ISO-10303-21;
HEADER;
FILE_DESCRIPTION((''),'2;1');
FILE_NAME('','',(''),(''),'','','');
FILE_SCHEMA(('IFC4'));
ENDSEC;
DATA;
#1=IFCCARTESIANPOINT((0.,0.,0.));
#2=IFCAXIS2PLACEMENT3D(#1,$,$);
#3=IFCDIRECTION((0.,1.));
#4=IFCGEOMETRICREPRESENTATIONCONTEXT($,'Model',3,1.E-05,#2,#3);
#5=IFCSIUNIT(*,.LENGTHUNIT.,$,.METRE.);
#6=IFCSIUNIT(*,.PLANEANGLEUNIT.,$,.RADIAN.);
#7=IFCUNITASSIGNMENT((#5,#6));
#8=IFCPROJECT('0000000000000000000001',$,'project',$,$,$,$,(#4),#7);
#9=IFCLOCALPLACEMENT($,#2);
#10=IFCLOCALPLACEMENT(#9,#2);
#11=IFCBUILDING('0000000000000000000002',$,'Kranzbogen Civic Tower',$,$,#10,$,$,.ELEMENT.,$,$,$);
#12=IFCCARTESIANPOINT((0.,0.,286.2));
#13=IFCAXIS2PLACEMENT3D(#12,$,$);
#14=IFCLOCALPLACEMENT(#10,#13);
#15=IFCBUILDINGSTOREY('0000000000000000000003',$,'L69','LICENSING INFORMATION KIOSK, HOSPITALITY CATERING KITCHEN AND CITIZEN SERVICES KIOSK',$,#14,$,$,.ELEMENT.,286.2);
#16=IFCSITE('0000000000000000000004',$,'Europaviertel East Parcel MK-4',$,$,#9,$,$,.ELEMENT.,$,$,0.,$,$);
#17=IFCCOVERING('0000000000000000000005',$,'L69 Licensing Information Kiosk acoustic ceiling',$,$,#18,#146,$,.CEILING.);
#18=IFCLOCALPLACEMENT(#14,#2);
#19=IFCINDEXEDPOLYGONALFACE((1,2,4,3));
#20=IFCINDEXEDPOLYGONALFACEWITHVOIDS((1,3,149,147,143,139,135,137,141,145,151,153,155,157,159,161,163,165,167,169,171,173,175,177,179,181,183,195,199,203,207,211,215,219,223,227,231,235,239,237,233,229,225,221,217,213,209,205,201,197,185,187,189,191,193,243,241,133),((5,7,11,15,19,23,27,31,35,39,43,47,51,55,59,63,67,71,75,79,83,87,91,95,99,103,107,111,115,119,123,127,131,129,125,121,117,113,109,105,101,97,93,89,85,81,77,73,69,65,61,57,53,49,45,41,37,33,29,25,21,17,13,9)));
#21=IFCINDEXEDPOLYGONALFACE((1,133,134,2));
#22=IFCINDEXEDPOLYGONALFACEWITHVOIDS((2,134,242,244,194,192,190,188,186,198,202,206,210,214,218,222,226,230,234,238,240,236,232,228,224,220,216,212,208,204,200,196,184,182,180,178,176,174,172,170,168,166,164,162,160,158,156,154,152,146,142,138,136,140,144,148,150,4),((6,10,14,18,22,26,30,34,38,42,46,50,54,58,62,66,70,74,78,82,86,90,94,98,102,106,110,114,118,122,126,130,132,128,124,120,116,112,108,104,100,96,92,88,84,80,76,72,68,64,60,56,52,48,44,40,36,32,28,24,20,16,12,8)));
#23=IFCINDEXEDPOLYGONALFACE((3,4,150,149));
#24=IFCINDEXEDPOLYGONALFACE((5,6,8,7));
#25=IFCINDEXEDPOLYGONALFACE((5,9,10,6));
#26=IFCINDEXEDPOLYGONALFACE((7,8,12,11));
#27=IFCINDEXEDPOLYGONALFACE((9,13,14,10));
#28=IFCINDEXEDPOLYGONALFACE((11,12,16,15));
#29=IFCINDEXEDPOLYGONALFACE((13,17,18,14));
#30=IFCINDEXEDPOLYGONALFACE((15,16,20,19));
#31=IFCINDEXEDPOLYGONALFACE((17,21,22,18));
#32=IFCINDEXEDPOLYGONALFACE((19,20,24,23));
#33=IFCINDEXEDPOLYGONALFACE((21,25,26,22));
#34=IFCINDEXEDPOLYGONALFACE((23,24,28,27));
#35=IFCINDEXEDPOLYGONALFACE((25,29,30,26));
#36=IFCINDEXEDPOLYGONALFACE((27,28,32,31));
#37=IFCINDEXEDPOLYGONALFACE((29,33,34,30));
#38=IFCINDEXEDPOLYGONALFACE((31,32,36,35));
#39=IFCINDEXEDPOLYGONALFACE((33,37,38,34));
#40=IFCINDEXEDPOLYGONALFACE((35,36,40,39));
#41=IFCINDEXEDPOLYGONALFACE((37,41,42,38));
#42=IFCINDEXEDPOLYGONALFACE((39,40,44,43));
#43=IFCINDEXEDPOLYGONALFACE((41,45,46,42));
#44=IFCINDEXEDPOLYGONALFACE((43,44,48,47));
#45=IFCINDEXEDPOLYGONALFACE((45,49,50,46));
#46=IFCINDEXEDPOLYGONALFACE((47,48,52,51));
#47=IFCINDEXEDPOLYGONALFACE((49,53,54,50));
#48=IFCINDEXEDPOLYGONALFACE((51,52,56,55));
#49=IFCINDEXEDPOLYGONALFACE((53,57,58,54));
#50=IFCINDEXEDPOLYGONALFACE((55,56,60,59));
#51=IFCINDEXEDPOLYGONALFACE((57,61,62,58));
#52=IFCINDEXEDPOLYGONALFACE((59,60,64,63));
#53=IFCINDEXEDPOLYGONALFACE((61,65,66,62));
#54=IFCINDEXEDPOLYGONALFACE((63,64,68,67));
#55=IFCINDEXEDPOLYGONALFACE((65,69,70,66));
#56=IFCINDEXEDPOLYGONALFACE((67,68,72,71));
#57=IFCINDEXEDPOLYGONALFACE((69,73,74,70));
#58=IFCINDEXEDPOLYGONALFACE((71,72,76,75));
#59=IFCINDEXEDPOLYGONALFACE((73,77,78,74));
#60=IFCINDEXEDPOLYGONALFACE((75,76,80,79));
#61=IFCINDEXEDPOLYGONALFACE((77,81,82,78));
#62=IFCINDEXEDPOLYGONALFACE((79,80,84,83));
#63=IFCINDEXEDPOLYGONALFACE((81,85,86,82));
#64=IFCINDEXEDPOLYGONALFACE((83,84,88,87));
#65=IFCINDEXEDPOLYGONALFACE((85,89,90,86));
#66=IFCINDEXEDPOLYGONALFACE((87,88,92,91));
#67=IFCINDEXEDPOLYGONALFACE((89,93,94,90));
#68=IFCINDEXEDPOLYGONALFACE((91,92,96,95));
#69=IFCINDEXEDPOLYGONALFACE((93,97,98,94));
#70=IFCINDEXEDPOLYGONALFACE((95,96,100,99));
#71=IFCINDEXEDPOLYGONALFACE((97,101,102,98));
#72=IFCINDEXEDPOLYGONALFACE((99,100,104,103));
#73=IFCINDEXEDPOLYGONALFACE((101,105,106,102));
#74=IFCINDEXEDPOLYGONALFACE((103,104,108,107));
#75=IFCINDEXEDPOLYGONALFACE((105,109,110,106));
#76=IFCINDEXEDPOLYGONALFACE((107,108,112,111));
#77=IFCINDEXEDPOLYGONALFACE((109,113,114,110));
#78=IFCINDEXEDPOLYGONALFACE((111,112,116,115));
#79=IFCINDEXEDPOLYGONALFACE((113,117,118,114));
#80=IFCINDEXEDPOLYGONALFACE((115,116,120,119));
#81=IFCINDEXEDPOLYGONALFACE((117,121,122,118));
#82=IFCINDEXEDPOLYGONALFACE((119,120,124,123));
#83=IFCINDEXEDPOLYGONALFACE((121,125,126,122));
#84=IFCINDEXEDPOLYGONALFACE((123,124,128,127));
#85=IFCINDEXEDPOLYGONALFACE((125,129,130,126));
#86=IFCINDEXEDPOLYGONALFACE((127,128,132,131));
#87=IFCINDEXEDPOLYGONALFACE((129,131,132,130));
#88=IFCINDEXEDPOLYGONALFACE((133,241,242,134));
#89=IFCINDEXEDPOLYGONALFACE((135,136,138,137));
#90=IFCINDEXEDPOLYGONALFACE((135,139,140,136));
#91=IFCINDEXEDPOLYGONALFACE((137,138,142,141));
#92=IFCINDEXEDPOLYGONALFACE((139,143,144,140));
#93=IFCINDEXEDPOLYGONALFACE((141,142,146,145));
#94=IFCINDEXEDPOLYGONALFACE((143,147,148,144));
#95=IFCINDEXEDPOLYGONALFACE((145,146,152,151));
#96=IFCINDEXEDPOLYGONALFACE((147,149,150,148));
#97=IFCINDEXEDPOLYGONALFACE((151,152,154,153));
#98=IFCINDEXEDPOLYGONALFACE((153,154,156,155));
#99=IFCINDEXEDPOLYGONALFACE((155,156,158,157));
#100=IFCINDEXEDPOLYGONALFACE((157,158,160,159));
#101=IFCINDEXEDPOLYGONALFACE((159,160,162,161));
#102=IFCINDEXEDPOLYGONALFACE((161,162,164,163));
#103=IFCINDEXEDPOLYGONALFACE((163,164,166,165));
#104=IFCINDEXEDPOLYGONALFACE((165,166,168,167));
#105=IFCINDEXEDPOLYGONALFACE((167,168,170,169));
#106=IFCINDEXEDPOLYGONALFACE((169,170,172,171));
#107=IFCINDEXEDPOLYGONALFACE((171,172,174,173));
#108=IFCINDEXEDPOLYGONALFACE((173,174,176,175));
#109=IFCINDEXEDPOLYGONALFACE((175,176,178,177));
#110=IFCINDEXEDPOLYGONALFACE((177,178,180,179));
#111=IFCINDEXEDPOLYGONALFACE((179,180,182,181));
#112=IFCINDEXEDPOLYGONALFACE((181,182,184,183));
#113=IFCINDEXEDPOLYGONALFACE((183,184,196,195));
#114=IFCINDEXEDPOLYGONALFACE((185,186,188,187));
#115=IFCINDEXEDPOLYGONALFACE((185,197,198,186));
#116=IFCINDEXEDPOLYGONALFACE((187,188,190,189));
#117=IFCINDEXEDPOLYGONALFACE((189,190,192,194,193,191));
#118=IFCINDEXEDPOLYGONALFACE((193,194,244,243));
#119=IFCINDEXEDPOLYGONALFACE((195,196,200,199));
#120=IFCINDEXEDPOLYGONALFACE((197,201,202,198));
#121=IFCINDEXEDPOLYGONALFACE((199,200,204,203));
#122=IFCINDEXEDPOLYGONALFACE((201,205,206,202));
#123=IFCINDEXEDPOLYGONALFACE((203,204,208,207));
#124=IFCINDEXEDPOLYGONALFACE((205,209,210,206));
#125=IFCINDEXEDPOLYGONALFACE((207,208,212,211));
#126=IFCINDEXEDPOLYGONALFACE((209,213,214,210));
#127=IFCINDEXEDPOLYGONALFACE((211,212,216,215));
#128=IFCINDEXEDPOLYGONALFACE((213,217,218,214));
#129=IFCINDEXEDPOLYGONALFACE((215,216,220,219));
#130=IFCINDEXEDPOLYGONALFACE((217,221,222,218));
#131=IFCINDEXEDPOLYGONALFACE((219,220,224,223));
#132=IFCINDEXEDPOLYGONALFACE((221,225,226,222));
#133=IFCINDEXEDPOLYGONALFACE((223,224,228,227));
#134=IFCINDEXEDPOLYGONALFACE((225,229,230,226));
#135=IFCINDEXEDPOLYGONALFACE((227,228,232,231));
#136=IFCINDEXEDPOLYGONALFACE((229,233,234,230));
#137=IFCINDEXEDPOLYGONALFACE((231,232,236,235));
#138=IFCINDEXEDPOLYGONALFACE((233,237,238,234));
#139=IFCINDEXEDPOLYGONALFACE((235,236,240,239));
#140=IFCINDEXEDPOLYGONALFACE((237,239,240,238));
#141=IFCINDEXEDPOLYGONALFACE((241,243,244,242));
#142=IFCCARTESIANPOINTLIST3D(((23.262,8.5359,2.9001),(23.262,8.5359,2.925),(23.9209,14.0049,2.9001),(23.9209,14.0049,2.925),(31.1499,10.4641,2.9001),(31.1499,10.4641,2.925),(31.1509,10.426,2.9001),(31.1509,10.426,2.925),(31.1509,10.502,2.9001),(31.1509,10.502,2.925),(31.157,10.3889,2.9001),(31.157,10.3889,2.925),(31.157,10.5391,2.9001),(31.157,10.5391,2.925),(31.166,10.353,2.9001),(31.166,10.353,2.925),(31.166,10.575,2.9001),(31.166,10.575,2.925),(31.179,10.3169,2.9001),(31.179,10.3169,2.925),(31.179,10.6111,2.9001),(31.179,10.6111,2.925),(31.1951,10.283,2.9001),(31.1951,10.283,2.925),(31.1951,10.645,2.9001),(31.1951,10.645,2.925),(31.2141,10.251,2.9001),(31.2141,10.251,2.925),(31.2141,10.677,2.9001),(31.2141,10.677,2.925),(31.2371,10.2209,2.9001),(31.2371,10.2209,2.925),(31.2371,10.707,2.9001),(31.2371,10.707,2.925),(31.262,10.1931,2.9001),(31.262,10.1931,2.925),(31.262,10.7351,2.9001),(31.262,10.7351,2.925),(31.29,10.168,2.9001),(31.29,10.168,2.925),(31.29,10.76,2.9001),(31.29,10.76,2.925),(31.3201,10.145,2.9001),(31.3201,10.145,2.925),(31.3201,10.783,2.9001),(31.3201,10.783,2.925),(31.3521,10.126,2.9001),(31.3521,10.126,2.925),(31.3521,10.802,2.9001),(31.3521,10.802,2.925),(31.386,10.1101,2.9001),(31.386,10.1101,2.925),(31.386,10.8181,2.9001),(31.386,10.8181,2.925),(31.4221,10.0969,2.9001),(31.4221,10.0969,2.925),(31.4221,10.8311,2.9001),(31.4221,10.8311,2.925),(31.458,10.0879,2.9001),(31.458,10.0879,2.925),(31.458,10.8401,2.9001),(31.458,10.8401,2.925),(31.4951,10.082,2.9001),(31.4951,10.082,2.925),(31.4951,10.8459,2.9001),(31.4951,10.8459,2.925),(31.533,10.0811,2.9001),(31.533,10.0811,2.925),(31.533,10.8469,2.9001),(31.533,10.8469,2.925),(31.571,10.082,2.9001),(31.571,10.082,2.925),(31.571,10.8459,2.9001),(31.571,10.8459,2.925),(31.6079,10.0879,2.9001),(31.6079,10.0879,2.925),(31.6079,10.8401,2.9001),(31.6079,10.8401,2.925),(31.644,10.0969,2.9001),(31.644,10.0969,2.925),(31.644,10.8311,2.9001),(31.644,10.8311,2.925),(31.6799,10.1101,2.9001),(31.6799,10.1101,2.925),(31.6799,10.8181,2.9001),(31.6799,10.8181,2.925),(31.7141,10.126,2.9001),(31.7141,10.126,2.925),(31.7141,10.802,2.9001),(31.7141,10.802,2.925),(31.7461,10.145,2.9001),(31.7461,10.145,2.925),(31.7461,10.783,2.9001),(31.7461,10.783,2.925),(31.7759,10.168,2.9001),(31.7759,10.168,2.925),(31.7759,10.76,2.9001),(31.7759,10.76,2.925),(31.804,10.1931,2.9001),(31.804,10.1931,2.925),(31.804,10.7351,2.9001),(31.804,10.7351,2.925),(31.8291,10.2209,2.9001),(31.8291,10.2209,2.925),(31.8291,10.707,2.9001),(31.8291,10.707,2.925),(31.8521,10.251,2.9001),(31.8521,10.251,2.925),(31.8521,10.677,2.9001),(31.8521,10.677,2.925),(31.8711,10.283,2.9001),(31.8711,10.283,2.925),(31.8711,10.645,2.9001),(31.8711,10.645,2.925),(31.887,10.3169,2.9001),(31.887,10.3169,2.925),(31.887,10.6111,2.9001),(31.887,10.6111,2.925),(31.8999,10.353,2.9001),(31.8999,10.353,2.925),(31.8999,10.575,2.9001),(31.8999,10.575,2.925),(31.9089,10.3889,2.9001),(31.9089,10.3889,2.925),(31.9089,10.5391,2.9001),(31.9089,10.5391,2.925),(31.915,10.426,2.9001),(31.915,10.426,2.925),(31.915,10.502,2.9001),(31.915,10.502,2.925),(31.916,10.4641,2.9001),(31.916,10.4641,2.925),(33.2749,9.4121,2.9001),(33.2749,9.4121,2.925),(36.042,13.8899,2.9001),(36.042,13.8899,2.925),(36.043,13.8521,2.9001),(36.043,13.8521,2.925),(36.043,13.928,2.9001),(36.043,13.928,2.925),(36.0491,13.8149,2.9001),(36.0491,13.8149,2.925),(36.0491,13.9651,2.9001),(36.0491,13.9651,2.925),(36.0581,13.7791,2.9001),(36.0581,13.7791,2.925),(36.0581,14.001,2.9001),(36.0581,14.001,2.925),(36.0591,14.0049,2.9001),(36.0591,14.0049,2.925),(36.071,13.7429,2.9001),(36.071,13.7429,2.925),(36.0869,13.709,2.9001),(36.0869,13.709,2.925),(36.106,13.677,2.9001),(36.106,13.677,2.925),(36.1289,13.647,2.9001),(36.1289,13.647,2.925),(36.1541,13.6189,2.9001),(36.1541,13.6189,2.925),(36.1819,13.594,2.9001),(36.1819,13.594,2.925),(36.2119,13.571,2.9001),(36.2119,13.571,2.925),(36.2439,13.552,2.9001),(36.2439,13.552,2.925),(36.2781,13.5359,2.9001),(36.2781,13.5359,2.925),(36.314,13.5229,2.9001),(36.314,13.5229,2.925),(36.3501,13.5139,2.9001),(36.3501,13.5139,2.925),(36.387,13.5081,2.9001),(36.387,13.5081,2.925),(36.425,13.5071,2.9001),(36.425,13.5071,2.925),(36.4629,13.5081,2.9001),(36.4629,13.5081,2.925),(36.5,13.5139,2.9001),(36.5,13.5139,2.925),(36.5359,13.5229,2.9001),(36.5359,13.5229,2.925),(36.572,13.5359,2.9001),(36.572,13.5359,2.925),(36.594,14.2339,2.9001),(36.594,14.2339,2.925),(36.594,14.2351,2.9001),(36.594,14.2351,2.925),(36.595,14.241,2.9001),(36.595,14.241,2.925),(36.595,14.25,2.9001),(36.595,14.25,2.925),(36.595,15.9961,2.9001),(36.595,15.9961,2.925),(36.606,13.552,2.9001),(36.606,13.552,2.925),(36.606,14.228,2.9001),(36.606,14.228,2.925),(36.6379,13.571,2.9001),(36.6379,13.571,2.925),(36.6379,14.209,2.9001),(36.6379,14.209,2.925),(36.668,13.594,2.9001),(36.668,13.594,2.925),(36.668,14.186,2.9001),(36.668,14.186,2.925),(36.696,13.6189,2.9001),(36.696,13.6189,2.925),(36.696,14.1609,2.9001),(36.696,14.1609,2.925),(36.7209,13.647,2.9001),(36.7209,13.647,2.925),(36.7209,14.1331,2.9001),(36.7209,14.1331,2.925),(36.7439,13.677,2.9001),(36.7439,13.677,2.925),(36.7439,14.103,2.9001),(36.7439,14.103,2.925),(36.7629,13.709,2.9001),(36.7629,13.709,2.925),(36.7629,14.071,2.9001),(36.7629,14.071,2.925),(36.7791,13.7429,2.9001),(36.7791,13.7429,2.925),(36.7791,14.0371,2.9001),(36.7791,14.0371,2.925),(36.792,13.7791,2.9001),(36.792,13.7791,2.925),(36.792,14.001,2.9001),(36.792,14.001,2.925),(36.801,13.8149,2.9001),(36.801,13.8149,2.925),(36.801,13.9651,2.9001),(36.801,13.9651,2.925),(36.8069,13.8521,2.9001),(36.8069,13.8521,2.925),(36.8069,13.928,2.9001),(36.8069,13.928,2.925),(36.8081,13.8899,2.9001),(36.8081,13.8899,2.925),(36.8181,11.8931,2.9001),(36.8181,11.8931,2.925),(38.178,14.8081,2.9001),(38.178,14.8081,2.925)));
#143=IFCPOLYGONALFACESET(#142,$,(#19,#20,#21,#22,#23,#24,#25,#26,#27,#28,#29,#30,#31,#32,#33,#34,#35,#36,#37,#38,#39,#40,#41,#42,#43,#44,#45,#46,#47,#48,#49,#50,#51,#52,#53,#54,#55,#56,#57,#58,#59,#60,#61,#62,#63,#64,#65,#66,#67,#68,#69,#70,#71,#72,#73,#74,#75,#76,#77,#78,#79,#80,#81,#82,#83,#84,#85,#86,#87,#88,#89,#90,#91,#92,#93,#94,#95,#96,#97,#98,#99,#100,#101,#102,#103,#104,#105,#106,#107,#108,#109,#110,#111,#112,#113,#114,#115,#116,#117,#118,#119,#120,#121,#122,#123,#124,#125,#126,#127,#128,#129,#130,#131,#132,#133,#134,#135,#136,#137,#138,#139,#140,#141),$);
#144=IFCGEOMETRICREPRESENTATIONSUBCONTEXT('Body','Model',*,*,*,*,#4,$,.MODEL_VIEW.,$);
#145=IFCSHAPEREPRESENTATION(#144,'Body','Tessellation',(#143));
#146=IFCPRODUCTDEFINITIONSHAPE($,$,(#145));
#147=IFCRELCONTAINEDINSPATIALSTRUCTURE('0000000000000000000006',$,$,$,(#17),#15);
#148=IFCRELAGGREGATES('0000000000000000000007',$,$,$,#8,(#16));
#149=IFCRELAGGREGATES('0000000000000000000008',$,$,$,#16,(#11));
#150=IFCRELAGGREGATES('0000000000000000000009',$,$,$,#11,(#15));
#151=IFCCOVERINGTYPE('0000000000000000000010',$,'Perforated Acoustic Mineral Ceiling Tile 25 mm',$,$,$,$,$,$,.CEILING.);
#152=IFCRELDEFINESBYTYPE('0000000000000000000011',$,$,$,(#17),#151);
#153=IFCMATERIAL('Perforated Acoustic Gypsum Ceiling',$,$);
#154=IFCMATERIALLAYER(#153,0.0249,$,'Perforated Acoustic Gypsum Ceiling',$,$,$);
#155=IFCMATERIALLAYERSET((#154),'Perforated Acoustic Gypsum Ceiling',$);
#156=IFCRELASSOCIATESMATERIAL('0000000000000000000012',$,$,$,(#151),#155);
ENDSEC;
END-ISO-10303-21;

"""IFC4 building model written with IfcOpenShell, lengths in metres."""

from ifc_helpers import new_model, si_unit, direction, frame, origin, place, context, subcontext, project, spatial, polyline, outline, extrude, material, layer, layer_set, type_object, element, save


model = new_model("IFC4")

# Units and contexts
model_context = context("Model", 3, precision=1e-05, world=origin(), true_north=direction((0.0, 1.0)))
body_context = subcontext(model_context, "Body", "Model", "MODEL_VIEW")
ifc_project = project(units=[si_unit("LENGTHUNIT", "METRE"), si_unit("PLANEANGLEUNIT", "RADIAN")], contexts=[model_context])

# Site, building, storey
site_placement = place(None, origin())
site = spatial("IfcSite", under=ifc_project, at=site_placement, Name="Europaviertel East Parcel MK-4", CompositionType="ELEMENT", RefElevation=0.0)
building_placement = place(site_placement, origin())
building = spatial("IfcBuilding", under=site, at=building_placement, Name="Kranzbogen Civic Tower", CompositionType="ELEMENT")
storey_placement = place(building_placement, frame((0.0, 0.0, 286.2)))
storey = spatial("IfcBuildingStorey", under=building, at=storey_placement, Name="L69", Description="LICENSING INFORMATION KIOSK, HOSPITALITY CATERING KITCHEN AND CITIZEN SERVICES KIOSK", CompositionType="ELEMENT", Elevation=286.2)

# Covering
ifc_material_1 = material(Name="Perforated Acoustic Gypsum Ceiling")
ifc_layer_1 = layer(ifc_material_1, 0.0249, Name="Perforated Acoustic Gypsum Ceiling")
ifc_layer_set_1 = layer_set([ifc_layer_1], Name="Perforated Acoustic Gypsum Ceiling")
covering_type_1 = type_object("IfcCoveringType", Name="Perforated Acoustic Mineral Ceiling Tile 25 mm", PredefinedType="CEILING", material=ifc_layer_set_1)
covering_1_placement = place(storey_placement, frame((0.0, 0.0, 2.9001)))
element("IfcCovering", 1, at=covering_1_placement, inside=storey, type_object=covering_type_1, Name="L69 Licensing Information Kiosk acoustic ceiling", PredefinedType="CEILING", context=body_context, shape_type="SweptSolid", body=[
    extrude(outline(polyline([(33.2749, 9.4121), (23.262, 8.5359), (23.9209, 14.0049), (36.0591, 14.0049), (36.0581, 14.001), (36.0491, 13.9651), (36.043, 13.928), (36.042, 13.8899), (36.043, 13.8521), (36.0491, 13.8149), (36.0581, 13.7791), (36.071, 13.7429), (36.0869, 13.709), (36.106, 13.677), (36.1289, 13.647), (36.1541, 13.6189), (36.1819, 13.594), (36.2119, 13.571), (36.2439, 13.552), (36.2781, 13.5359), (36.314, 13.5229), (36.3501, 13.5139), (36.387, 13.5081), (36.425, 13.5071), (36.4629, 13.5081), (36.5, 13.5139), (36.5359, 13.5229), (36.572, 13.5359), (36.606, 13.552), (36.6379, 13.571), (36.668, 13.594), (36.696, 13.6189), (36.7209, 13.647), (36.7439, 13.677), (36.7629, 13.709), (36.7791, 13.7429), (36.792, 13.7791), (36.801, 13.8149), (36.8069, 13.8521), (36.8081, 13.8899), (36.8069, 13.928), (36.801, 13.9651), (36.792, 14.001), (36.7791, 14.0371), (36.7629, 14.071), (36.7439, 14.103), (36.7209, 14.1331), (36.696, 14.1609), (36.668, 14.186), (36.6379, 14.209), (36.606, 14.228), (36.594, 14.2339), (36.594, 14.2351), (36.595, 14.241), (36.595, 14.25), (36.595, 15.9961), (38.178, 14.8081), (36.8181, 11.8931), (33.2749, 9.4121)]), holes=[polyline([(31.887, 10.3169), (31.8711, 10.283), (31.8521, 10.251), (31.8291, 10.2209), (31.804, 10.1931), (31.7759, 10.168), (31.7461, 10.145), (31.7141, 10.126), (31.6799, 10.1101), (31.644, 10.0969), (31.6079, 10.0879), (31.571, 10.082), (31.533, 10.0811), (31.4951, 10.082), (31.458, 10.0879), (31.4221, 10.0969), (31.386, 10.1101), (31.3521, 10.126), (31.3201, 10.145), (31.29, 10.168), (31.262, 10.1931), (31.2371, 10.2209), (31.2141, 10.251), (31.1951, 10.283), (31.179, 10.3169), (31.166, 10.353), (31.157, 10.3889), (31.1509, 10.426), (31.1499, 10.4641), (31.1509, 10.502), (31.157, 10.5391), (31.166, 10.575), (31.179, 10.6111), (31.1951, 10.645), (31.2141, 10.677), (31.2371, 10.707), (31.262, 10.7351), (31.29, 10.76), (31.3201, 10.783), (31.3521, 10.802), (31.386, 10.8181), (31.4221, 10.8311), (31.458, 10.8401), (31.4951, 10.8459), (31.533, 10.8469), (31.571, 10.8459), (31.6079, 10.8401), (31.644, 10.8311), (31.6799, 10.8181), (31.7141, 10.802), (31.7461, 10.783), (31.7759, 10.76), (31.804, 10.7351), (31.8291, 10.707), (31.8521, 10.677), (31.8711, 10.645), (31.887, 10.6111), (31.8999, 10.575), (31.9089, 10.5391), (31.915, 10.502), (31.916, 10.4641), (31.915, 10.426), (31.9089, 10.3889), (31.8999, 10.353), (31.887, 10.3169)])]), origin(), (0.0, 0.0, 1.0), 0.0249),
])

save(model, "model.ifc")
